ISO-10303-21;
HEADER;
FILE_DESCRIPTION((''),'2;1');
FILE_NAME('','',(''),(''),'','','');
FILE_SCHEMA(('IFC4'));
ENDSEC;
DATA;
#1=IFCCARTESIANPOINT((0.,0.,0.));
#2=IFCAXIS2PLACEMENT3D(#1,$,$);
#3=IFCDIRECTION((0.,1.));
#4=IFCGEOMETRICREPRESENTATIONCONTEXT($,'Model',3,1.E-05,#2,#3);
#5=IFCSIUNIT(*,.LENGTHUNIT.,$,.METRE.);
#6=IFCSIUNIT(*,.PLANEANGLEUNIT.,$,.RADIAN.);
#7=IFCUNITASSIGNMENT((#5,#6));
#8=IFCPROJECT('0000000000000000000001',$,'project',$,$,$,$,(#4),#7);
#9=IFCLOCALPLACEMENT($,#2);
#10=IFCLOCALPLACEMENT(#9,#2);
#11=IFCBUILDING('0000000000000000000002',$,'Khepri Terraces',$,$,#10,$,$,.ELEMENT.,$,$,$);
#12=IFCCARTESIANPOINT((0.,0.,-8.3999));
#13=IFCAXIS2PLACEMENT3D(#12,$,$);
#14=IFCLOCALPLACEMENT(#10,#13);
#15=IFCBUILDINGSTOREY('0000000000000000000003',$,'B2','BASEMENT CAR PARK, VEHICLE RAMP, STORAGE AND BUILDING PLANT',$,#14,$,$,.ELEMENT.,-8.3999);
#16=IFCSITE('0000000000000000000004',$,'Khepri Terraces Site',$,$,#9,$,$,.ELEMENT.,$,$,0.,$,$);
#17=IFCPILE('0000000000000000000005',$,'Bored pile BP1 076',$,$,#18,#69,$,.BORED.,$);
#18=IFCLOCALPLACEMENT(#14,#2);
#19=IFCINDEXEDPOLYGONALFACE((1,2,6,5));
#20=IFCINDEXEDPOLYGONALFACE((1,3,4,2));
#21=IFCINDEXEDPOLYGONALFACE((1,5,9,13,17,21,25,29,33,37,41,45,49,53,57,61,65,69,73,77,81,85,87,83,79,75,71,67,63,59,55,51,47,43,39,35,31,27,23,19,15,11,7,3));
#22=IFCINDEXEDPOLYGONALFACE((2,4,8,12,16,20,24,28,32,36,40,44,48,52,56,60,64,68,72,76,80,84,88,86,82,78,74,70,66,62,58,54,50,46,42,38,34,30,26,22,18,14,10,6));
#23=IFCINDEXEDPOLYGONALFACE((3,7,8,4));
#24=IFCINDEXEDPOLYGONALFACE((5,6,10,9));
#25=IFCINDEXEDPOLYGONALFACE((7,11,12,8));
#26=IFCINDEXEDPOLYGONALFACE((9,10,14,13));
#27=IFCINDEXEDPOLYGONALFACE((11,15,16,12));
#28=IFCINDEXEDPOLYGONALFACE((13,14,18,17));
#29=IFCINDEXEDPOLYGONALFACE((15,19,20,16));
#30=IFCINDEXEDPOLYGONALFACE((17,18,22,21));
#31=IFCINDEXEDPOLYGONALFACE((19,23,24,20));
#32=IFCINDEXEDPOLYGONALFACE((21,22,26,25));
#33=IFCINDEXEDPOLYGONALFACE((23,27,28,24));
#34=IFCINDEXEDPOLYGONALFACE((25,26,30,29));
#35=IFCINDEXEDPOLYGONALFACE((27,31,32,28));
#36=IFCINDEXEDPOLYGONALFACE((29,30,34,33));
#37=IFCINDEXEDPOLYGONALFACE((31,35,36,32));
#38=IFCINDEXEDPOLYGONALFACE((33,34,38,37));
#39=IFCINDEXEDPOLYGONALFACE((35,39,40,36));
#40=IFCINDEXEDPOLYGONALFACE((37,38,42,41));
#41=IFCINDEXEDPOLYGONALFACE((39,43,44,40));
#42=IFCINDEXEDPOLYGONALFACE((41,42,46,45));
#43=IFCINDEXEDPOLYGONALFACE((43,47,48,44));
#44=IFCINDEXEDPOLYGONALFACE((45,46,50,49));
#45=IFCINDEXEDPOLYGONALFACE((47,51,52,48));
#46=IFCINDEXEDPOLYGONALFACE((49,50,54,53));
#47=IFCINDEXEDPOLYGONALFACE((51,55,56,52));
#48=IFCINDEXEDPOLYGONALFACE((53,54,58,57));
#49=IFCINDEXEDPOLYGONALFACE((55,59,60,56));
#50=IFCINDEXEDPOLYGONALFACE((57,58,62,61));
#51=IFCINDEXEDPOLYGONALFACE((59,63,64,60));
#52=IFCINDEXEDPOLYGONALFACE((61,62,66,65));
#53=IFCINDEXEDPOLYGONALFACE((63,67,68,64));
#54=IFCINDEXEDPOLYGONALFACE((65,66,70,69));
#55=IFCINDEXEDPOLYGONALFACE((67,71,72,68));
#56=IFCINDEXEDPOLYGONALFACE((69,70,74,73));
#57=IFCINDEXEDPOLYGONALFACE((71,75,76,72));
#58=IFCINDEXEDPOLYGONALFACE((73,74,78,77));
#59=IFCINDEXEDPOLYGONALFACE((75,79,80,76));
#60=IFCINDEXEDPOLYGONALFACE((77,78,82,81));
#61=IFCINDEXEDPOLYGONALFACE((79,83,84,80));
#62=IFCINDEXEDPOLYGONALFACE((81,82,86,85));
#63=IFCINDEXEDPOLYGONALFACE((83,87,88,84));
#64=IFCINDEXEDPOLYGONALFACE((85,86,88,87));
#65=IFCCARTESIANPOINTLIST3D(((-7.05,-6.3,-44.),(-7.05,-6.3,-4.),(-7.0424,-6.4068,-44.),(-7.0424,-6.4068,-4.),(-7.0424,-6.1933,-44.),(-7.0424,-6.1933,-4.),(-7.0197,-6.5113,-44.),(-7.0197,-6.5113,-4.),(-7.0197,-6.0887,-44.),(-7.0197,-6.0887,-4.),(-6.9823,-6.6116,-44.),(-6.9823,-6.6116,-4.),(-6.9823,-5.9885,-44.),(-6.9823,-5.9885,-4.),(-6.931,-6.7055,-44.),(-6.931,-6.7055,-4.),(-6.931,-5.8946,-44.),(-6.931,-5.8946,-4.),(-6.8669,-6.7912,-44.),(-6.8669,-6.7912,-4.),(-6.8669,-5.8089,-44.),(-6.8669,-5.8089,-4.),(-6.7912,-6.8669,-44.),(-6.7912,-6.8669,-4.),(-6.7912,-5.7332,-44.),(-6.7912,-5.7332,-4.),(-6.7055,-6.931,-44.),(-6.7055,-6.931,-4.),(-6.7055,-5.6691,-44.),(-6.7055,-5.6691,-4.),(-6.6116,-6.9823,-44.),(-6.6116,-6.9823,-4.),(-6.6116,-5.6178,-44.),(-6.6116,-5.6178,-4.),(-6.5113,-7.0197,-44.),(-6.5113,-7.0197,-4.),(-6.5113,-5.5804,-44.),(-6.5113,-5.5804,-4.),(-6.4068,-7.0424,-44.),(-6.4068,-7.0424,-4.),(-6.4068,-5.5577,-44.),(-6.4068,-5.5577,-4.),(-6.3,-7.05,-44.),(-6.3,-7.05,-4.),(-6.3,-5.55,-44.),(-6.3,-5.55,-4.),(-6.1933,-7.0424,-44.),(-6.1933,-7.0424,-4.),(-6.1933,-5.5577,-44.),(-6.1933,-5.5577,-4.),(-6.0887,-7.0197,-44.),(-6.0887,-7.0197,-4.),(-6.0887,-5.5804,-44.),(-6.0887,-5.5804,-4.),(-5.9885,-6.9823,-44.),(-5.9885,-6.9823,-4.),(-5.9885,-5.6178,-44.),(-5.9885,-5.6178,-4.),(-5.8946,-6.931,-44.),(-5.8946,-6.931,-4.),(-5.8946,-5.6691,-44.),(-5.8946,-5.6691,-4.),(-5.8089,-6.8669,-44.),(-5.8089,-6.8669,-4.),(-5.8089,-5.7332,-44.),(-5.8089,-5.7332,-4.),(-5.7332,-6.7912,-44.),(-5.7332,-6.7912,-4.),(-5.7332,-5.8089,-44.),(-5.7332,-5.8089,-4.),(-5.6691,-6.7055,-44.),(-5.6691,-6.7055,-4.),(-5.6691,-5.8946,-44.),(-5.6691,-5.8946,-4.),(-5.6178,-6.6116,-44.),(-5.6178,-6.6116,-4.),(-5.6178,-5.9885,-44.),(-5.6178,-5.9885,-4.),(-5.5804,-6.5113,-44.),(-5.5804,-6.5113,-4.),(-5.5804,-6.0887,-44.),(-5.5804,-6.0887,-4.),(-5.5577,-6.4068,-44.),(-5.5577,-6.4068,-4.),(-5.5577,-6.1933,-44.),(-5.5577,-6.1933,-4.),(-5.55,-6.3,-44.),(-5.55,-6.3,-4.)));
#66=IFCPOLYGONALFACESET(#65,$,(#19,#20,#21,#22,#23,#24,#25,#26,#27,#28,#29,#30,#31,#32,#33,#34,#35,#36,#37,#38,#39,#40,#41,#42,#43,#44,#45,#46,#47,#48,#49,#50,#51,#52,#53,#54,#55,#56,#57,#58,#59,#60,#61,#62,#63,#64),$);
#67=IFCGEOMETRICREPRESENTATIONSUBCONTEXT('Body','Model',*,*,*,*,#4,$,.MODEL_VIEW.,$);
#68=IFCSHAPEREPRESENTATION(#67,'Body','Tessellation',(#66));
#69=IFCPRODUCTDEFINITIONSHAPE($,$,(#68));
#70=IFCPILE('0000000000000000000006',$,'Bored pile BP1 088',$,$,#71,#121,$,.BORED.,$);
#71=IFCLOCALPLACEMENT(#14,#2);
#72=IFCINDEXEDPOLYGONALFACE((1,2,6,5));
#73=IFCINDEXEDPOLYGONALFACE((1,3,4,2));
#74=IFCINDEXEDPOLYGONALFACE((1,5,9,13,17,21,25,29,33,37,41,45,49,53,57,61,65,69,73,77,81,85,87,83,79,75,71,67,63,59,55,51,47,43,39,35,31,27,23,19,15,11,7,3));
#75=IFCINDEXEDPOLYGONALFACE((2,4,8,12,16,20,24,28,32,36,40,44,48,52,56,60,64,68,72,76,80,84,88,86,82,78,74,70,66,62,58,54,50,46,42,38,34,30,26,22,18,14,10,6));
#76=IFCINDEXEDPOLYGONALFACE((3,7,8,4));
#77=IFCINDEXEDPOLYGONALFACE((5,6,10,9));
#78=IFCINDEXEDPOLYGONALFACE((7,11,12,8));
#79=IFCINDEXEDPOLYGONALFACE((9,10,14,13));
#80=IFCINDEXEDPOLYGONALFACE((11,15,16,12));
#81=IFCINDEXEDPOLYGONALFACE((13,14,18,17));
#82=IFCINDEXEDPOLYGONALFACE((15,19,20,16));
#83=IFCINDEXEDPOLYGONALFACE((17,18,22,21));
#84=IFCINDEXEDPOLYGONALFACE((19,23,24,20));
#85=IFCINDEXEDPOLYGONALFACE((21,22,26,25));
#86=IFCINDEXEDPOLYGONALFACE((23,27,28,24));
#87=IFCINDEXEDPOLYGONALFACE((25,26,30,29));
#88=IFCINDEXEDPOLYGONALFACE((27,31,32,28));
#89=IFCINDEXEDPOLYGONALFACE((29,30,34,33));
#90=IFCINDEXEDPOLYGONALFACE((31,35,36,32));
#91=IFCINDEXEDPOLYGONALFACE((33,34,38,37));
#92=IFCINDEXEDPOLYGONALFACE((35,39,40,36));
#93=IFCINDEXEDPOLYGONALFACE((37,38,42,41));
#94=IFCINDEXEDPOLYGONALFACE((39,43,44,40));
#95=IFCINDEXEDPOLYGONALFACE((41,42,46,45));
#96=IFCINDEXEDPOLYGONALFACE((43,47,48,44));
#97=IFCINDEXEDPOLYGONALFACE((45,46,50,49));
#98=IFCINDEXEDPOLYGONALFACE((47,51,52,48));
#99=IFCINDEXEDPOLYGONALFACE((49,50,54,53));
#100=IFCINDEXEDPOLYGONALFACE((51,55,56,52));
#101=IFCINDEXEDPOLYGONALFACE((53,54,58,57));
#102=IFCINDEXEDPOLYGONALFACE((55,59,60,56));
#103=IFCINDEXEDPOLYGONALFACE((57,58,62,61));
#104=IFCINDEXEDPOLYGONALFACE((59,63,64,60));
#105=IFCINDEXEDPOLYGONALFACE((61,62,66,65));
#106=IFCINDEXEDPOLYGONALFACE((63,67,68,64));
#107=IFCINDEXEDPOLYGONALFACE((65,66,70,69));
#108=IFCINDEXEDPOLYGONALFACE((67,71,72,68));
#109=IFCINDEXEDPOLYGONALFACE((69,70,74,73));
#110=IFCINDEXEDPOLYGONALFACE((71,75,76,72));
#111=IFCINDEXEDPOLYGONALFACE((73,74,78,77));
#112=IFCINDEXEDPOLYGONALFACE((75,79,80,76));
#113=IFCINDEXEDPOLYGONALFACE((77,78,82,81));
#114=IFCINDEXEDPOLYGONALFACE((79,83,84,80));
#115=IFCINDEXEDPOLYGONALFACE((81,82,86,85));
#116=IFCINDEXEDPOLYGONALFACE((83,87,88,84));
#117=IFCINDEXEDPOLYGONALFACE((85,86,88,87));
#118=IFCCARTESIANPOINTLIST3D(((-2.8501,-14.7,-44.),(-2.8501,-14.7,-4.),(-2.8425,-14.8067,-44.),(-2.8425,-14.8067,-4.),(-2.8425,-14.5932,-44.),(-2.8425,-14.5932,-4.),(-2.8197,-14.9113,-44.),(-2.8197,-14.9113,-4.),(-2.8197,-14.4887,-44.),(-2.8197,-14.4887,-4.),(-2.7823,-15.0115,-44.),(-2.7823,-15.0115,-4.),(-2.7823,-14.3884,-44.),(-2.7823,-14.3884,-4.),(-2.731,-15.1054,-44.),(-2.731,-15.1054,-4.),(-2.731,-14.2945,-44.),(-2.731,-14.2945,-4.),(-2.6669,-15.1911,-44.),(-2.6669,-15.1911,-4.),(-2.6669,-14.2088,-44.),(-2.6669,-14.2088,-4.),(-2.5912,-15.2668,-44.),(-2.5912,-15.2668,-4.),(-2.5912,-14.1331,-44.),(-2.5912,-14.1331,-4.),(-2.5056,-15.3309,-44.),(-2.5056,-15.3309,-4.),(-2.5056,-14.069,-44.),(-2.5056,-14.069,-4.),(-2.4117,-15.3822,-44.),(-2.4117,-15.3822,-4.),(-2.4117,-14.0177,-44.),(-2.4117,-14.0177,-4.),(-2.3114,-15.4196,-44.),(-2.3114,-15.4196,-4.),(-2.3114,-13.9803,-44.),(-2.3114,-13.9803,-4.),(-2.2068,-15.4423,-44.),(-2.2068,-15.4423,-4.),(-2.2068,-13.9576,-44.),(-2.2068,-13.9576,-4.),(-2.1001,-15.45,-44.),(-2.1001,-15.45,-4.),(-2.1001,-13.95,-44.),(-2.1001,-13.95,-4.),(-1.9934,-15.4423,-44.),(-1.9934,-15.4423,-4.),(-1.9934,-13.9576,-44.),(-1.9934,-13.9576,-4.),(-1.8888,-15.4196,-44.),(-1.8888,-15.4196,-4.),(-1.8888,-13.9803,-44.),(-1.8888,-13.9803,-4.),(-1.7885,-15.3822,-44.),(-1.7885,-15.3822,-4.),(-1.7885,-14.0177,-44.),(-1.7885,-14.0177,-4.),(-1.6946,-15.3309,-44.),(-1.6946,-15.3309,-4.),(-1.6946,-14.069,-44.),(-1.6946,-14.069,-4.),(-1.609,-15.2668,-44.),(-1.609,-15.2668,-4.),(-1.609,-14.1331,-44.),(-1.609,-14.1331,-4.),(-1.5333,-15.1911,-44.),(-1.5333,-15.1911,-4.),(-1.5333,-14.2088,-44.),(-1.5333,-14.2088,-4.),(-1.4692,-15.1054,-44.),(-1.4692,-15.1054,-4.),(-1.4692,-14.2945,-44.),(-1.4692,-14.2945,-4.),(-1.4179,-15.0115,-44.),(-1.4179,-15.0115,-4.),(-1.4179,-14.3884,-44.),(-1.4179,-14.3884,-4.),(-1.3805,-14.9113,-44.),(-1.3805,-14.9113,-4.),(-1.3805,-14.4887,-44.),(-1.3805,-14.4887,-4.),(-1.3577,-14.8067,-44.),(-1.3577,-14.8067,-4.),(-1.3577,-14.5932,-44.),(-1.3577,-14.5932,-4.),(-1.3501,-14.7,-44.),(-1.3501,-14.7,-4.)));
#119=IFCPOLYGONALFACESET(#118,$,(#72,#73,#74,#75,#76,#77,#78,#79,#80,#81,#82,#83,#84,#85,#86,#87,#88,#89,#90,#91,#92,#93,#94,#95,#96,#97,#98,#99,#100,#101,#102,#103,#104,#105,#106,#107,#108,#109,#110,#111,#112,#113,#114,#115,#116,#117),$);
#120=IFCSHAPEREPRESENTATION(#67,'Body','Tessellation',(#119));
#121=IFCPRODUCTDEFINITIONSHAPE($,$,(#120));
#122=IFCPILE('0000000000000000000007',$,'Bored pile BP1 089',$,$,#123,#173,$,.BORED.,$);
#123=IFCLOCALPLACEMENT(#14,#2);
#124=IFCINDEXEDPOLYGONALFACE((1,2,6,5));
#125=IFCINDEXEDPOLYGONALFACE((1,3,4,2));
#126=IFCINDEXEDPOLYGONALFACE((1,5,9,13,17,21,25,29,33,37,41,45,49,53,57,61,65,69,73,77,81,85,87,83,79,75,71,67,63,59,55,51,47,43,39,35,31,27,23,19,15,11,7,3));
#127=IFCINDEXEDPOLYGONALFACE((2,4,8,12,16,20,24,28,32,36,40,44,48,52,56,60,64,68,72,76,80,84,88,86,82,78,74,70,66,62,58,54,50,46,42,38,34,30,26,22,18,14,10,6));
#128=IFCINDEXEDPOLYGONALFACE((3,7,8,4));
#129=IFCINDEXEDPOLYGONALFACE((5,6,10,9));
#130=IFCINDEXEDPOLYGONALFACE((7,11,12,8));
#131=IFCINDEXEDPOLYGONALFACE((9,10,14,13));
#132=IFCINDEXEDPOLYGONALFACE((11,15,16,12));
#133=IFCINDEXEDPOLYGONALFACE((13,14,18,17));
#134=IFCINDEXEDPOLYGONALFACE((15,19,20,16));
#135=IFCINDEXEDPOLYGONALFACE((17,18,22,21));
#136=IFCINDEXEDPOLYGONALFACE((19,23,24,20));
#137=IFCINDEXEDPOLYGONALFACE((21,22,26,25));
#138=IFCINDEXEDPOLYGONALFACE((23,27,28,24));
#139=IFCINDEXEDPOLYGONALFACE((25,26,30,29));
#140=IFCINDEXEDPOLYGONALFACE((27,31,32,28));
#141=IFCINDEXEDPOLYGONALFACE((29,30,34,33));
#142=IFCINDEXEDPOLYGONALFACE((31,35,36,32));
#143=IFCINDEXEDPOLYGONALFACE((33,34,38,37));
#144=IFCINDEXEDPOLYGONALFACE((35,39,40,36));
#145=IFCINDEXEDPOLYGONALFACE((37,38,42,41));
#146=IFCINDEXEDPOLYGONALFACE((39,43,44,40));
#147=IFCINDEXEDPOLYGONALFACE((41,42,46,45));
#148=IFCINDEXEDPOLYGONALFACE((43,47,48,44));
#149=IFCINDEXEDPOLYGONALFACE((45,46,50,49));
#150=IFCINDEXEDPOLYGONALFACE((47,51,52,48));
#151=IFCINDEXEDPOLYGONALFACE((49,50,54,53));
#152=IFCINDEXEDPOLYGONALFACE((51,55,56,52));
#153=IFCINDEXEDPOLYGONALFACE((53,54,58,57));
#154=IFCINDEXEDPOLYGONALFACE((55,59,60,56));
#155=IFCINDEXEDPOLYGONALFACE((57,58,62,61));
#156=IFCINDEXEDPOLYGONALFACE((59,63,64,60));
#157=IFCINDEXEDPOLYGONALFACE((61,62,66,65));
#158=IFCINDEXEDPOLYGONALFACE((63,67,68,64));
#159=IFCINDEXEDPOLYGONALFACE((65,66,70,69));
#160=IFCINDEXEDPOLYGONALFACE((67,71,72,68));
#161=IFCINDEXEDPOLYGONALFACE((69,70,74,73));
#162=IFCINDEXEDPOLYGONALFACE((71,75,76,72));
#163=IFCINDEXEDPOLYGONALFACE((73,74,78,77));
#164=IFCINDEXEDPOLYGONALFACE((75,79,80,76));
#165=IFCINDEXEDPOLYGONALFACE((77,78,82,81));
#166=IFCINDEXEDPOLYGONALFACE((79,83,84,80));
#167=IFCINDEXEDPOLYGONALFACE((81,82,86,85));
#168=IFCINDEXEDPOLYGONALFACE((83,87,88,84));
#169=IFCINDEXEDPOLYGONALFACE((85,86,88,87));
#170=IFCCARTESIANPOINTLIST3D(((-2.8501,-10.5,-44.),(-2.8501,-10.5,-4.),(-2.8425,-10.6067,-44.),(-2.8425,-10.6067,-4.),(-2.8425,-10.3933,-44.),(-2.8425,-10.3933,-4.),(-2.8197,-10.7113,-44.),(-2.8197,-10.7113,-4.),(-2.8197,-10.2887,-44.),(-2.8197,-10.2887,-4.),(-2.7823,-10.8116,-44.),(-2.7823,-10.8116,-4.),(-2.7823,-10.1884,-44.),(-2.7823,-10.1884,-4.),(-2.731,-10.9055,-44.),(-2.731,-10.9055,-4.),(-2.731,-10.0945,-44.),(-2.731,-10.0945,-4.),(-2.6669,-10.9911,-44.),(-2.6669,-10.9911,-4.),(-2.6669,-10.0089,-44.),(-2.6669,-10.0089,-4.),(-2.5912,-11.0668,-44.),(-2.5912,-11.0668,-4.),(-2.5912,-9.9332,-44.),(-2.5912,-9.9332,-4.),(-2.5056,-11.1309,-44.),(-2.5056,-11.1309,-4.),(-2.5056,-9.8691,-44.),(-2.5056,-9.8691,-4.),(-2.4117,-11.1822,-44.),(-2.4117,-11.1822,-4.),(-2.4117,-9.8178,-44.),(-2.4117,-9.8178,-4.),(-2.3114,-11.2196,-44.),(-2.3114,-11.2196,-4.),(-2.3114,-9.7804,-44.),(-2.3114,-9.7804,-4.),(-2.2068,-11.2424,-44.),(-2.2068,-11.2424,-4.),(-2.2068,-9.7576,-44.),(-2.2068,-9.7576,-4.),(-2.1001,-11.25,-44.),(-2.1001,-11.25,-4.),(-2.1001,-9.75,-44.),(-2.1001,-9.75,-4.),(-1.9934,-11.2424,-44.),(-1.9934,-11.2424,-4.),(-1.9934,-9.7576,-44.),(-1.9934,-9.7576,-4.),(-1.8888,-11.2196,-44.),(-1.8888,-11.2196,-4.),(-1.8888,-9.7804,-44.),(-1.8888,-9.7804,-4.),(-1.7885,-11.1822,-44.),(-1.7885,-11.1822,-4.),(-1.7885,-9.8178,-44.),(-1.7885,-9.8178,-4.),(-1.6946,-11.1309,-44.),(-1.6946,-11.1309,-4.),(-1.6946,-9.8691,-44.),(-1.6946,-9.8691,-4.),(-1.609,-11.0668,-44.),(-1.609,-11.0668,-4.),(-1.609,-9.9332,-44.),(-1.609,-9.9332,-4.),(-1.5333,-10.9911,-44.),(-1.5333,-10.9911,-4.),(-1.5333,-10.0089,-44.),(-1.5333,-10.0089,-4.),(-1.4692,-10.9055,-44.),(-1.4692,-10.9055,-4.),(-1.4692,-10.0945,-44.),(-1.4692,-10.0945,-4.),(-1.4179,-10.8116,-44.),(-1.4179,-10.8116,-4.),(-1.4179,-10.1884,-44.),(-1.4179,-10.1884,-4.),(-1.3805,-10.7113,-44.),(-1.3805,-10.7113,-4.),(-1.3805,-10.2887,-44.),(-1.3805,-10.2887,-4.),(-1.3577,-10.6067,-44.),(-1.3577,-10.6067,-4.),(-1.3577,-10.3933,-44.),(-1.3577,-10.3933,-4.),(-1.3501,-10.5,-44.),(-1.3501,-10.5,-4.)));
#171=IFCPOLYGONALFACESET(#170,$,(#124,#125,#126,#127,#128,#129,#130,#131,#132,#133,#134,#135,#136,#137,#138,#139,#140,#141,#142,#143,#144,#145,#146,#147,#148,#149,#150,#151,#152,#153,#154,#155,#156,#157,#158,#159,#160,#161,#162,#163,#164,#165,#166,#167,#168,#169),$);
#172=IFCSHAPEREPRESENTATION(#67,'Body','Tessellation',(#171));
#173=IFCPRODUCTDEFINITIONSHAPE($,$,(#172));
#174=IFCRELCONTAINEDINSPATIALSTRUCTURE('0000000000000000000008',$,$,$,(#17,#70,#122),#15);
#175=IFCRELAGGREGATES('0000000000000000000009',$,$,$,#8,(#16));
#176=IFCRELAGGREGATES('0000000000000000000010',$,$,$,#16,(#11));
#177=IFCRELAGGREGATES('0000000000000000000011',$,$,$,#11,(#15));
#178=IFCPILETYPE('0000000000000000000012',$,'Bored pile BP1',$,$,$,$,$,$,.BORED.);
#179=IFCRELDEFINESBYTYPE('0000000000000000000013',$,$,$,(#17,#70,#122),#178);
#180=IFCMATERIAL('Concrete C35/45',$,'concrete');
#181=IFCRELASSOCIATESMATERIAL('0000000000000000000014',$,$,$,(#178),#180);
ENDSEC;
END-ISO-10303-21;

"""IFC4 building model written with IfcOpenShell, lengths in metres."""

from ifc_helpers import new_model, si_unit, direction, frame, origin, origin_2d, place, context, subcontext, project, spatial, circle, extrude, material, material_profile, profile_set, type_object, element, save


model = new_model("IFC4")

# Units and contexts
model_context = context("Model", 3, precision=1e-05, world=origin(), true_north=direction((0.0, 1.0)))
body_context = subcontext(model_context, "Body", "Model", "MODEL_VIEW")
ifc_project = project(units=[si_unit("LENGTHUNIT", "METRE"), si_unit("PLANEANGLEUNIT", "RADIAN")], contexts=[model_context])

# Site, building, storey
site_placement = place(None, origin())
site = spatial("IfcSite", under=ifc_project, at=site_placement, Name="Khepri Terraces Site", CompositionType="ELEMENT", RefElevation=0.0)
building_placement = place(site_placement, origin())
building = spatial("IfcBuilding", under=site, at=building_placement, Name="Khepri Terraces", CompositionType="ELEMENT")
storey_placement = place(building_placement, frame((0.0, 0.0, -8.3999)))
storey = spatial("IfcBuildingStorey", under=building, at=storey_placement, Name="B2", Description="BASEMENT CAR PARK, VEHICLE RAMP, STORAGE AND BUILDING PLANT", CompositionType="ELEMENT", Elevation=-8.3999)

# Piles
ifc_material_1 = material(Name="Concrete C35/45", Category="concrete")
ifc_material_profile_1 = material_profile(ifc_material_1, circle(Radius=0.75, at=origin_2d()), Name="Concrete C35/45", Category="concrete")
ifc_profile_set_1 = profile_set([ifc_material_profile_1], Name="Concrete C35/45")
pile_type = type_object("IfcPileType", Name="Bored pile BP1", PredefinedType="BORED", material=ifc_profile_set_1)
for number, where, z_axis, x_axis, name in (
    (1, (-6.3, -6.3, -4.0), (0.0, 0.0, -1.0), (1.0, 0.0, 0.0), "Bored pile BP1 076"),
    (2, (-2.1001, -14.7, -4.0), (0.0, 0.0, -1.0), (1.0, 0.0, 0.0), "Bored pile BP1 088"),
    (3, (-2.1001, -10.5, -4.0), (0.0, 0.0, -1.0), (1.0, 0.0, 0.0), "Bored pile BP1 089"),
):
    element("IfcPile", number, at=place(storey_placement, frame(where, z_axis=z_axis, x_axis=x_axis)), inside=storey, type_object=pile_type, Name=name, PredefinedType="BORED", context=body_context, shape_type="SweptSolid", body=[
        extrude(circle(Radius=0.75, at=origin_2d()), origin(), (0.0, 0.0, 1.0), 40.0),
    ])

save(model, "model.ifc")
